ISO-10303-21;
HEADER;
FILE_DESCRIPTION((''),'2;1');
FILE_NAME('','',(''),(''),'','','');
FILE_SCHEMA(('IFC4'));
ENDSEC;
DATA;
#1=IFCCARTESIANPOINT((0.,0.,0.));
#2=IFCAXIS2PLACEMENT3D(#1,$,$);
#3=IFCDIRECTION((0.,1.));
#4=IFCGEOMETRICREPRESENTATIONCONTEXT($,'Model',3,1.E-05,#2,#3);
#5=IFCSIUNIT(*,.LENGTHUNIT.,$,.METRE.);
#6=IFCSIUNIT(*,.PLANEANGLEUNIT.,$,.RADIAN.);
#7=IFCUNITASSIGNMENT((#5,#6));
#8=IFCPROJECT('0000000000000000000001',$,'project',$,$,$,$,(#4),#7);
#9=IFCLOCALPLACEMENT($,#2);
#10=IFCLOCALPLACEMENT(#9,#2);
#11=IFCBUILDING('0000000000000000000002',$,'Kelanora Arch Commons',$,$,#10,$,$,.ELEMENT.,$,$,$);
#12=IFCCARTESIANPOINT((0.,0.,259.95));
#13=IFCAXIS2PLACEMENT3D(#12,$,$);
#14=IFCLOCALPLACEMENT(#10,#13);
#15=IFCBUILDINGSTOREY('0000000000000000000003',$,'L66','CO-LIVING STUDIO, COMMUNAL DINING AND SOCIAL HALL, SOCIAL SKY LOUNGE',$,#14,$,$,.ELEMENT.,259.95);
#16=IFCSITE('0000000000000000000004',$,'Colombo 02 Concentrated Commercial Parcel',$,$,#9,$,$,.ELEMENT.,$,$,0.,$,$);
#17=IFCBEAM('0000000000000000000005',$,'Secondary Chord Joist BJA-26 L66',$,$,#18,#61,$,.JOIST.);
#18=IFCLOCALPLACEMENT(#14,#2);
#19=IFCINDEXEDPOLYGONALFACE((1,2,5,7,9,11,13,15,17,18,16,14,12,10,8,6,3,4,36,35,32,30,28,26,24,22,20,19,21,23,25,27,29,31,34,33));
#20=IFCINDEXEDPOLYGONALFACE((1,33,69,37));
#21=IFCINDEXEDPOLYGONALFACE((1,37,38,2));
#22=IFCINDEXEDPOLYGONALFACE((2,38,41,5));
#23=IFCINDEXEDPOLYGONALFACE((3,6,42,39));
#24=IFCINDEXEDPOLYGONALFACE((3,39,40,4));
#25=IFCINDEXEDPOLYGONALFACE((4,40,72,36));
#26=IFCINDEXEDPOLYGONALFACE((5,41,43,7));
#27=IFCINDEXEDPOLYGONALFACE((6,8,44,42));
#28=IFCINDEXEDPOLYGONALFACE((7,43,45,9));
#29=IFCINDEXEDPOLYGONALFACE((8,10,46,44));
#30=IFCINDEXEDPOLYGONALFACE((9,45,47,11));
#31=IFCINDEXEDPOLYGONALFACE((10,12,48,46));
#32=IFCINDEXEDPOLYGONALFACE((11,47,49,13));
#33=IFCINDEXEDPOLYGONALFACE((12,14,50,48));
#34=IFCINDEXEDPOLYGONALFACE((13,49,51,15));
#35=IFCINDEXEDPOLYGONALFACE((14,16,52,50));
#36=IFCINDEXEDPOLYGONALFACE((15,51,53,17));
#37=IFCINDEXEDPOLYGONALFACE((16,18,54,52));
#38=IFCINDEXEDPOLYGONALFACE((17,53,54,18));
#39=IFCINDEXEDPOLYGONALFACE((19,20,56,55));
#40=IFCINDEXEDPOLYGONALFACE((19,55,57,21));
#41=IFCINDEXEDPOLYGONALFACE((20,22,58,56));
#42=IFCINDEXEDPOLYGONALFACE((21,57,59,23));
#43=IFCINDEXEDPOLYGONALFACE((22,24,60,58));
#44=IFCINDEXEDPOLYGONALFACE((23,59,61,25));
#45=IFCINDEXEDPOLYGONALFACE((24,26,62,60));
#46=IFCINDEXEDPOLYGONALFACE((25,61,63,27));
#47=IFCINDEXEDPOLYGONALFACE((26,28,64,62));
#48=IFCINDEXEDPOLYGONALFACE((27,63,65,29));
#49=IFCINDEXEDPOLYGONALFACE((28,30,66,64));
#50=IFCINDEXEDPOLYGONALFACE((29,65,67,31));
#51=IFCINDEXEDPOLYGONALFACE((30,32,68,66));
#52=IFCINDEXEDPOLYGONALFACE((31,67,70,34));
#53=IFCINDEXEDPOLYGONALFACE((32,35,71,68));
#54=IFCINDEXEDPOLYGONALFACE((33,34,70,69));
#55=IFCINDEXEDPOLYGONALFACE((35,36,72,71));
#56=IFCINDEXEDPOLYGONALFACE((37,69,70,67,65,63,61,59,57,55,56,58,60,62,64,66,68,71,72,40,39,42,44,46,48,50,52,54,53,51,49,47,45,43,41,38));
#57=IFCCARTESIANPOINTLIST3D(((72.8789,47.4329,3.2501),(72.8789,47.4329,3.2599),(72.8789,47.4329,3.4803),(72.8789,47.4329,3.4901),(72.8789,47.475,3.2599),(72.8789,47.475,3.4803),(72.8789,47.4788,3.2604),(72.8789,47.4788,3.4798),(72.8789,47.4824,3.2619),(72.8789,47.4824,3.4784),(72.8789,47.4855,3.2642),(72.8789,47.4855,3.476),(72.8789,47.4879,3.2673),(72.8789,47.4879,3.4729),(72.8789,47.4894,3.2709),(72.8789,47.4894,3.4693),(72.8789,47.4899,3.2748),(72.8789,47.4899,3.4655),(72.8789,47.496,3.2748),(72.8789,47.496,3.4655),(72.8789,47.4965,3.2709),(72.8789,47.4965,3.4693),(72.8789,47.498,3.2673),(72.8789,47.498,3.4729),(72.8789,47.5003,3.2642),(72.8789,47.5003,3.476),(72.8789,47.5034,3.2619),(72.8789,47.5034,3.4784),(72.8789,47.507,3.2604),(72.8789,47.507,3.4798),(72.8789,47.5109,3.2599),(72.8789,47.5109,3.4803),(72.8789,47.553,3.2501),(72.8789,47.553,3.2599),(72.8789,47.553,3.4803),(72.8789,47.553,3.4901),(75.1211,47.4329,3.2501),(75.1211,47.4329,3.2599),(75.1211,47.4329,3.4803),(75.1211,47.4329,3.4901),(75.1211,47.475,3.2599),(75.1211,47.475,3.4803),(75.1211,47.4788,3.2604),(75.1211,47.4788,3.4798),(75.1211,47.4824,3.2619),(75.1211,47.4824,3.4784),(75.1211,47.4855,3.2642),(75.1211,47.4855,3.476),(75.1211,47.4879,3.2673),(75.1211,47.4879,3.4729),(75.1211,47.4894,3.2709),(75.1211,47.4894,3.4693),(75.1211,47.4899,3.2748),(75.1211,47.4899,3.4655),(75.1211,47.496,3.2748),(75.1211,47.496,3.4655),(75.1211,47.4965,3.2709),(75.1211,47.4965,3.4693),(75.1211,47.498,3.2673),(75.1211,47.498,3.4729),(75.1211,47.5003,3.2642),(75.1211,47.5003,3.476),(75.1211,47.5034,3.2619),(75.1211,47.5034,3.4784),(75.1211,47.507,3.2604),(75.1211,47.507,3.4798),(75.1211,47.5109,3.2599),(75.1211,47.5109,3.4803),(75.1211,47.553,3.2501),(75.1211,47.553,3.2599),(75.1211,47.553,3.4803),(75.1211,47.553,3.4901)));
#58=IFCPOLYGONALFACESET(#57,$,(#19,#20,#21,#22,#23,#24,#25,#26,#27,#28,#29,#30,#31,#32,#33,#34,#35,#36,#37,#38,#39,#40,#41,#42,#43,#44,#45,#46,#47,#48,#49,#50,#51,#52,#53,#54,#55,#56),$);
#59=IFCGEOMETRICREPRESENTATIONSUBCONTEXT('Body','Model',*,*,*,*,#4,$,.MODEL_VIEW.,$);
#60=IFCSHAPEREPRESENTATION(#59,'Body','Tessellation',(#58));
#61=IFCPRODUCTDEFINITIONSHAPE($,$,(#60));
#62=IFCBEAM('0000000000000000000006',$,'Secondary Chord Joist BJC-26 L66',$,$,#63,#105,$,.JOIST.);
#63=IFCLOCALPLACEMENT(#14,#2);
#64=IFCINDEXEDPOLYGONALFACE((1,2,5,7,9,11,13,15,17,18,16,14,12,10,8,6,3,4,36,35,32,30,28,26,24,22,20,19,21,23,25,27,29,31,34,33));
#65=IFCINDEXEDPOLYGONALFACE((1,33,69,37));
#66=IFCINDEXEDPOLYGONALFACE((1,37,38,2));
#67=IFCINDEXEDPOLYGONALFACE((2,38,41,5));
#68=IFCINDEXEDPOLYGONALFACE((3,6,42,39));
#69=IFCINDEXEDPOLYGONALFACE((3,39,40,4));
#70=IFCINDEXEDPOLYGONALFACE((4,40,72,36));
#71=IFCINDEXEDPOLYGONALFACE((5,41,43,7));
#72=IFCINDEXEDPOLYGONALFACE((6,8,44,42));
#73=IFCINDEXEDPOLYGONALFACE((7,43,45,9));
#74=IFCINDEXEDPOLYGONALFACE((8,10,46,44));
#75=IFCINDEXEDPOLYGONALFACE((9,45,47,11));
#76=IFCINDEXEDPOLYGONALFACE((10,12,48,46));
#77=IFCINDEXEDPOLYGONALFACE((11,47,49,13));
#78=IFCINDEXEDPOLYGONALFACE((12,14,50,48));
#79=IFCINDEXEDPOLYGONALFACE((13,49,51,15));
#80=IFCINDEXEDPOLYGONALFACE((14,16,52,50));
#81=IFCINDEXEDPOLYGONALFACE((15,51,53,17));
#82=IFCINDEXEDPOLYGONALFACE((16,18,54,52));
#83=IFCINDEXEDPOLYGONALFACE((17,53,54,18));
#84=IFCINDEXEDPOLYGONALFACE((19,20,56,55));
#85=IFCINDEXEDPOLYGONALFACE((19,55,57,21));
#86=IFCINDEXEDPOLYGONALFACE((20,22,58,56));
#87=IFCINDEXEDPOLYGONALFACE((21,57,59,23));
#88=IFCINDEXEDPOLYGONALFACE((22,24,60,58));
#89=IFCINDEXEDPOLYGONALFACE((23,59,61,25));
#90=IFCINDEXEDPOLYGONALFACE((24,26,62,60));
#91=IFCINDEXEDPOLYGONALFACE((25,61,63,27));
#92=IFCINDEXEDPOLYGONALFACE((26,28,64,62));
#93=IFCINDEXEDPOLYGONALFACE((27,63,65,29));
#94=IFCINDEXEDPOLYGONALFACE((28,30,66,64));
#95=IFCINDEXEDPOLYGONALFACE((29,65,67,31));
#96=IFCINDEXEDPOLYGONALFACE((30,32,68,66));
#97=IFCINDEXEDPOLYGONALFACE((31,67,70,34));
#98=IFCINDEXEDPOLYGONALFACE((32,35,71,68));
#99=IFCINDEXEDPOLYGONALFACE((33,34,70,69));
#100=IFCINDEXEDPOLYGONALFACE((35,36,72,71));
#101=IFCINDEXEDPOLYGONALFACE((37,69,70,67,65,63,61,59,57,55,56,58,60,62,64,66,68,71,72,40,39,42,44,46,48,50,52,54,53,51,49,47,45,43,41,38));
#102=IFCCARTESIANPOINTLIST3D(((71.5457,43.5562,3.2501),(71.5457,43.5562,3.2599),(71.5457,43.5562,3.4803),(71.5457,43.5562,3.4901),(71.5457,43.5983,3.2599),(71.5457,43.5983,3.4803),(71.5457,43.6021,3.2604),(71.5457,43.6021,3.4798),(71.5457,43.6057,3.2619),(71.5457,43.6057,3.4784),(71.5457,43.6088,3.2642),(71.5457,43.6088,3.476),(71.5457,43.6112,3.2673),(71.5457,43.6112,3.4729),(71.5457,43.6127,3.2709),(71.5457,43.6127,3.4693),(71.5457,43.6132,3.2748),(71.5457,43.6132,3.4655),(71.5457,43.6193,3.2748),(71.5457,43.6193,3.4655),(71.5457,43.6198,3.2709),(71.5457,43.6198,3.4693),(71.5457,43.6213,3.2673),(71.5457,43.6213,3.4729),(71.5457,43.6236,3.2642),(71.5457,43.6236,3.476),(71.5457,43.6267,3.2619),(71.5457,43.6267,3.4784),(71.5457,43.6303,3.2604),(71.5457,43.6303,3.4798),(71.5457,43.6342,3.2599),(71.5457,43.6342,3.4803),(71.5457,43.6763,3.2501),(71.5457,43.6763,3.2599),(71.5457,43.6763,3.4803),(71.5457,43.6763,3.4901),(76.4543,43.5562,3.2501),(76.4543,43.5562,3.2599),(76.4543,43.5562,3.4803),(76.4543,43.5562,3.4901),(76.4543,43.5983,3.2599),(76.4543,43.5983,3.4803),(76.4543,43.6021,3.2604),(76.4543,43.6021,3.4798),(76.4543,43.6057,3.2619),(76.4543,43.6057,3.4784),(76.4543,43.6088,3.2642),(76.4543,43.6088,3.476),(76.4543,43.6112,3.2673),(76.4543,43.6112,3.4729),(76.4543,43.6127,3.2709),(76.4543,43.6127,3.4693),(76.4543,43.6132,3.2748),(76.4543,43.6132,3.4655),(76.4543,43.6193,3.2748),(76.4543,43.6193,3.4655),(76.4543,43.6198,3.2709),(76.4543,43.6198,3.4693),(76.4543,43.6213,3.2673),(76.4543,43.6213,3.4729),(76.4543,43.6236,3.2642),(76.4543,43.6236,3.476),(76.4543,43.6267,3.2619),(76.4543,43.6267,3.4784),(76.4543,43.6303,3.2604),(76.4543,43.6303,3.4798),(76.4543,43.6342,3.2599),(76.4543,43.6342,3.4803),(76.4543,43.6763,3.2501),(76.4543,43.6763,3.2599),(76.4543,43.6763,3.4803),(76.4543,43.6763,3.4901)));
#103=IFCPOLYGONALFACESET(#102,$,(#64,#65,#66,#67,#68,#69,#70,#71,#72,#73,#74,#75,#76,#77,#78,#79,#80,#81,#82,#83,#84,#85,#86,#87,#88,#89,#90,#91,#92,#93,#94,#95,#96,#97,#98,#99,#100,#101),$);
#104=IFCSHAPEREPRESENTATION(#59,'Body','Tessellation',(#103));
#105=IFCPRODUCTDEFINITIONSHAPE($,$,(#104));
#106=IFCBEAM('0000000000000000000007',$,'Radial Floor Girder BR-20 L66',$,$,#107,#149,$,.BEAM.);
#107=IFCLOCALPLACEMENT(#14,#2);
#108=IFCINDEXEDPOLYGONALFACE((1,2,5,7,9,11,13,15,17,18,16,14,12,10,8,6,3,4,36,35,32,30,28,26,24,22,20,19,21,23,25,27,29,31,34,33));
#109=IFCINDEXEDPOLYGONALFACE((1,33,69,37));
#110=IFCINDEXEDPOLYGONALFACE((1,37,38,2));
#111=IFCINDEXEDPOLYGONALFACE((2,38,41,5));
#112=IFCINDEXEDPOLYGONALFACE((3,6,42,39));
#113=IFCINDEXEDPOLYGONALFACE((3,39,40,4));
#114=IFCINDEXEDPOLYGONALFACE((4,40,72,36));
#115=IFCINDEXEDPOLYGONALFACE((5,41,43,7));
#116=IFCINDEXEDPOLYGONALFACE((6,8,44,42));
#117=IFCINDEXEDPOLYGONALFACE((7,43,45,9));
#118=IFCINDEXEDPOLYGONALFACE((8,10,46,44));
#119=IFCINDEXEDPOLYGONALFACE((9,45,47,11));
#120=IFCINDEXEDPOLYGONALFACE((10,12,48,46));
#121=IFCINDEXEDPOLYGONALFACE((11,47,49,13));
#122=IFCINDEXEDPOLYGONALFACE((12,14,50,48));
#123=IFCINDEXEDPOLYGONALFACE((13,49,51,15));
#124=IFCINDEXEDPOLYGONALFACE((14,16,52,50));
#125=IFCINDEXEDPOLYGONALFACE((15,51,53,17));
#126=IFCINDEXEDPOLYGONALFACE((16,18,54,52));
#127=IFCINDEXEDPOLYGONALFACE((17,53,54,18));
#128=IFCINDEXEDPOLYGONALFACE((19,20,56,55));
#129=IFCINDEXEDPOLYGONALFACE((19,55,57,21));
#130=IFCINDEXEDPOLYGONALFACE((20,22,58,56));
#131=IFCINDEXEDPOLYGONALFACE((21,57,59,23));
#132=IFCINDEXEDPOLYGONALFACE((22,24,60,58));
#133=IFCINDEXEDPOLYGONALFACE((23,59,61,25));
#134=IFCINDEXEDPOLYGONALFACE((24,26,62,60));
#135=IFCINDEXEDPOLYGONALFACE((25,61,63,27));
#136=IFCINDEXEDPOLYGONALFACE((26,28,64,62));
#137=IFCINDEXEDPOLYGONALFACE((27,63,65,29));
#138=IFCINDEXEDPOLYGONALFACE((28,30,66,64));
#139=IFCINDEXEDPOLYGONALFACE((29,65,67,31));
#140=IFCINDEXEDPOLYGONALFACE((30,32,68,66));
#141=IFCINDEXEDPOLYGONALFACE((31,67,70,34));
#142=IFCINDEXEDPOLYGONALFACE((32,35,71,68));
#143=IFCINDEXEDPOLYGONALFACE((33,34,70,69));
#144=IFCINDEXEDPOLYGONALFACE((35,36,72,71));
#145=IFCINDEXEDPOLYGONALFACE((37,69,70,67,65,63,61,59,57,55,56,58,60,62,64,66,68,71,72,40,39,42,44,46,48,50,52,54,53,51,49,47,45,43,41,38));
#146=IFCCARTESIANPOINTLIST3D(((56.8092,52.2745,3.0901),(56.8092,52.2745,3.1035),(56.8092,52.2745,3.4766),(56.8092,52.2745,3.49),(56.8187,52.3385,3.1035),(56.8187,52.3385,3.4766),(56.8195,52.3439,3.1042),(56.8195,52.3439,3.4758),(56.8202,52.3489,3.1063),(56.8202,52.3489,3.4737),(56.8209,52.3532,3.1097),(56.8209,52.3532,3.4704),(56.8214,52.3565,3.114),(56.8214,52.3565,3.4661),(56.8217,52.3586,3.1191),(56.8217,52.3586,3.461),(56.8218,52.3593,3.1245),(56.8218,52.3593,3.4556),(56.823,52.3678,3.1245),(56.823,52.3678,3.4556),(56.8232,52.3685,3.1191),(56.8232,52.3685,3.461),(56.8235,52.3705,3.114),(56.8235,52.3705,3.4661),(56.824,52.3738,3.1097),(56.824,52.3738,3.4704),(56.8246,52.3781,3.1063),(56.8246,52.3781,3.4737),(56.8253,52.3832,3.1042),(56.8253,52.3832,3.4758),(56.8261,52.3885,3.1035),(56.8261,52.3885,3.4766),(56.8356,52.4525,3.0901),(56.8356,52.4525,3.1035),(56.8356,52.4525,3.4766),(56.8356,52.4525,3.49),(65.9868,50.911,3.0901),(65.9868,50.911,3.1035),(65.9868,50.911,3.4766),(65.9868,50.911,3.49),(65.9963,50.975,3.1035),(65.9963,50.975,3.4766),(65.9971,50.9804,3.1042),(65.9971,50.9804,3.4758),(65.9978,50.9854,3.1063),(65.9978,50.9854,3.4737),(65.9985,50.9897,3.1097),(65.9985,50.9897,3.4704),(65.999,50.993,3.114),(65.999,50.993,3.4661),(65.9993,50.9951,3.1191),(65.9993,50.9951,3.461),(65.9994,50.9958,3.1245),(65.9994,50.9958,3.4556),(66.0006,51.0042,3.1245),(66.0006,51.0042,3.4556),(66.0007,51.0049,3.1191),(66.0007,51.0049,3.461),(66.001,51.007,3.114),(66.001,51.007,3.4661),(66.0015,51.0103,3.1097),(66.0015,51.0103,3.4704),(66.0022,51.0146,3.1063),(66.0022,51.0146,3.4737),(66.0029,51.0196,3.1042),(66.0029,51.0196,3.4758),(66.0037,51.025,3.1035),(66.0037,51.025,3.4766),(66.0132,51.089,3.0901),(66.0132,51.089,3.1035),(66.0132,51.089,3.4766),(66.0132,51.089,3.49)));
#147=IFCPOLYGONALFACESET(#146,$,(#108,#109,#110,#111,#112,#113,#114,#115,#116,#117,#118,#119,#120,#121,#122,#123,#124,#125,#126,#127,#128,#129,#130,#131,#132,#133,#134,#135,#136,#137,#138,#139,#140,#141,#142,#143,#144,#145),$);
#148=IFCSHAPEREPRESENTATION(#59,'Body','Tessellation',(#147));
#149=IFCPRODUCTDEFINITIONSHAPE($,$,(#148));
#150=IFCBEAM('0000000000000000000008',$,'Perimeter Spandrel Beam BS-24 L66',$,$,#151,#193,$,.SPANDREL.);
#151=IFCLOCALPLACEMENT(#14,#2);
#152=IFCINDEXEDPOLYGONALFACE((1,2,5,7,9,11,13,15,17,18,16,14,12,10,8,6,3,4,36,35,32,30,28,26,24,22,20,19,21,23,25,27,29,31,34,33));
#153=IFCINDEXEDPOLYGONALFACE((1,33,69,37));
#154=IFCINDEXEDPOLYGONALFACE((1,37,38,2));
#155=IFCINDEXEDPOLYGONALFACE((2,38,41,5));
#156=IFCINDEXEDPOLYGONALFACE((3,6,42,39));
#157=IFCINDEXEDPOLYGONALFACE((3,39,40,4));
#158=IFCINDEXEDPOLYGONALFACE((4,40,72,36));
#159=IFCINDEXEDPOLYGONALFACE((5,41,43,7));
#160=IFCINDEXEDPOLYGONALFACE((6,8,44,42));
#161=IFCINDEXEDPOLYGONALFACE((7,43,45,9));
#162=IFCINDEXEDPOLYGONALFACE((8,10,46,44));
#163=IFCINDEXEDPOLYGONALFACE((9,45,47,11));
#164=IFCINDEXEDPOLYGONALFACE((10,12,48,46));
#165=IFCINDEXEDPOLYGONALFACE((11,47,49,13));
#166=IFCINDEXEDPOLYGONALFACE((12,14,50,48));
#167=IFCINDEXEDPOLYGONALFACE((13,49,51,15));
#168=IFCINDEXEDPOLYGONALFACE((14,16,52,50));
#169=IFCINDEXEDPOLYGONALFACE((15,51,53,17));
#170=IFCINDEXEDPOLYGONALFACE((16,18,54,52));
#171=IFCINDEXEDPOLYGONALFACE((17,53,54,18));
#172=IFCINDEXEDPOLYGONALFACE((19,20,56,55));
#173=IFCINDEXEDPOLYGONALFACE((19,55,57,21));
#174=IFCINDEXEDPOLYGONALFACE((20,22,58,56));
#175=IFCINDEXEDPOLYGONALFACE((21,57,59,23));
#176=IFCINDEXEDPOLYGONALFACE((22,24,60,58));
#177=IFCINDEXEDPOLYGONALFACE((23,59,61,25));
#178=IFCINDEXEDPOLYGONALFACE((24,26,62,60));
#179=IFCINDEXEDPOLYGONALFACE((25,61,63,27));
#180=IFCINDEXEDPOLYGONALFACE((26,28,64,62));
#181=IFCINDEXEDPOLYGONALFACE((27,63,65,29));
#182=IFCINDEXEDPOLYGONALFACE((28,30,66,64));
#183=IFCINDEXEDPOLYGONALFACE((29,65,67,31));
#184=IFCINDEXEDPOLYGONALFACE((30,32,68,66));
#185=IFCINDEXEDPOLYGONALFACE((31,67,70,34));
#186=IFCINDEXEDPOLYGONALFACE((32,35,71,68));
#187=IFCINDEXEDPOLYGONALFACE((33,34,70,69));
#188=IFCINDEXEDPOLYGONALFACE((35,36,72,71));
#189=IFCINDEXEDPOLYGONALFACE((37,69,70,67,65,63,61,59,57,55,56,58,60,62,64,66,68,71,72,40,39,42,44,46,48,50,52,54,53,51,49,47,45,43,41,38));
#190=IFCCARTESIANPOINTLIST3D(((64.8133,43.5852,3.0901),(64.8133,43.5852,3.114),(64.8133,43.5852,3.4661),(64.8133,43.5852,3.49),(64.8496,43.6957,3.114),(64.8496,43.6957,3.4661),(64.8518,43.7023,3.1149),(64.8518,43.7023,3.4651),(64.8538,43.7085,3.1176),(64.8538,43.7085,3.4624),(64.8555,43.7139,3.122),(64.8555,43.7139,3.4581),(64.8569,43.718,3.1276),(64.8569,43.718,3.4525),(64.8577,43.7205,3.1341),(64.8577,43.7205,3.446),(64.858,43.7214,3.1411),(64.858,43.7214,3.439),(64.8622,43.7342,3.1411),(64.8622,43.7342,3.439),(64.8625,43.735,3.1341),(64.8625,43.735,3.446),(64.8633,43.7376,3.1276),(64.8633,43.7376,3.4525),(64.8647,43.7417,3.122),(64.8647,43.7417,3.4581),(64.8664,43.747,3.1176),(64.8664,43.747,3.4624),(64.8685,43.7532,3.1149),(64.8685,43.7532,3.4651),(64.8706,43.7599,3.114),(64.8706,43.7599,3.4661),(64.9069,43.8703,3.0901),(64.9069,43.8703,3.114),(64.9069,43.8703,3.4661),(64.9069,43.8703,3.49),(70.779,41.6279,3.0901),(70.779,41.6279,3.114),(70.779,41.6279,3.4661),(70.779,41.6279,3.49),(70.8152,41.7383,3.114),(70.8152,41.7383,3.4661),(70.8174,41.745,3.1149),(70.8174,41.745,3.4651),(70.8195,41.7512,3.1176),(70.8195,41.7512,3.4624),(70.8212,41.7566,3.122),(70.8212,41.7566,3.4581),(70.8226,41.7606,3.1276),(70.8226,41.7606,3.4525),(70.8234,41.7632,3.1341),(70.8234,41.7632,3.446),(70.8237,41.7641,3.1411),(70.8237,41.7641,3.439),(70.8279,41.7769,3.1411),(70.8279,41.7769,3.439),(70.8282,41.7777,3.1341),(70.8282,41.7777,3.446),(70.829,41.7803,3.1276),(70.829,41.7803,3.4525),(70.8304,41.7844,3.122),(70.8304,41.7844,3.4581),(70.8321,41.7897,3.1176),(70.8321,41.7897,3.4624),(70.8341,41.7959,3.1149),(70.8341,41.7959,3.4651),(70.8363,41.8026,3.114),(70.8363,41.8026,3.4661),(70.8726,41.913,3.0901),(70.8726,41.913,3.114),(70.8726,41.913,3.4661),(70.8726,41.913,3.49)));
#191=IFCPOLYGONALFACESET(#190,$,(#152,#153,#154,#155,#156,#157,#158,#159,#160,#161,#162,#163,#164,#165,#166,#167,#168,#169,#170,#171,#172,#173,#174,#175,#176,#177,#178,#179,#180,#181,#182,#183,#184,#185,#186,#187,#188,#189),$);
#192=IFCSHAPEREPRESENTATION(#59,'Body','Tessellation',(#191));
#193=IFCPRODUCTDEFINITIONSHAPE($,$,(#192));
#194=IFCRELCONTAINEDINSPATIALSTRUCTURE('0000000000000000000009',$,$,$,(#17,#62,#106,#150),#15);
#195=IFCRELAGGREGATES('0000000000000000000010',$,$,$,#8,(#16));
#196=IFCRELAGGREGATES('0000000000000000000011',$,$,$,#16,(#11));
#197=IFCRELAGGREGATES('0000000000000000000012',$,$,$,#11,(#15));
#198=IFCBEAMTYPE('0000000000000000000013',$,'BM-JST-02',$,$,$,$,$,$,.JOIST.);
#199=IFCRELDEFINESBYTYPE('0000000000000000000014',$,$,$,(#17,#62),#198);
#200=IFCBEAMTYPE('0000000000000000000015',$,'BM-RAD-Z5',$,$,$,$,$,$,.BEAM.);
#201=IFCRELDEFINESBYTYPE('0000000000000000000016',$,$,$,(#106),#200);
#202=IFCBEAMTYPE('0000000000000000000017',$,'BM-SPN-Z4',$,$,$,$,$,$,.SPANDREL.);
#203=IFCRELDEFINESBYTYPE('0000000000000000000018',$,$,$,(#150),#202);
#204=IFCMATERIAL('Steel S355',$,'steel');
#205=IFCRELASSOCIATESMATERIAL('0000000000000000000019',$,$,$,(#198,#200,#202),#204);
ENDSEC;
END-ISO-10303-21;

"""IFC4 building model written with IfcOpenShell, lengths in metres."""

from ifc_helpers import new_model, si_unit, direction, frame, origin, origin_2d, place, context, subcontext, project, spatial, i_section, extrude, material, material_profile, profile_set, type_object, element, save


model = new_model("IFC4")

# Units and contexts
model_context = context("Model", 3, precision=1e-05, world=origin(), true_north=direction((0.0, 1.0)))
body_context = subcontext(model_context, "Body", "Model", "MODEL_VIEW")
ifc_project = project(units=[si_unit("LENGTHUNIT", "METRE"), si_unit("PLANEANGLEUNIT", "RADIAN")], contexts=[model_context])

# Site, building, storey
site_placement = place(None, origin())
site = spatial("IfcSite", under=ifc_project, at=site_placement, Name="Colombo 02 Concentrated Commercial Parcel", CompositionType="ELEMENT", RefElevation=0.0)
building_placement = place(site_placement, origin())
building = spatial("IfcBuilding", under=site, at=building_placement, Name="Kelanora Arch Commons", CompositionType="ELEMENT")
storey_placement = place(building_placement, frame((0.0, 0.0, 259.95)))
storey = spatial("IfcBuildingStorey", under=building, at=storey_placement, Name="L66", Description="CO-LIVING STUDIO, COMMUNAL DINING AND SOCIAL HALL, SOCIAL SKY LOUNGE", CompositionType="ELEMENT", Elevation=259.95)

# Beams
ifc_material_1 = material(Name="Steel S355", Category="steel")
ifc_material_profile_1 = material_profile(ifc_material_1, i_section(OverallWidth=0.1201, OverallDepth=0.24, WebThickness=0.0061, FlangeThickness=0.0098, FilletRadius=0.0149, at=origin_2d()), Name="IPE240")
ifc_profile_set_1 = profile_set([ifc_material_profile_1], Name="Steel S355")
beam_type_1 = type_object("IfcBeamType", Name="BM-JST-02", PredefinedType="JOIST", material=ifc_profile_set_1)
beam_1_placement = place(storey_placement, frame((72.8789, 47.4929, 3.3701), z_axis=(1.0, 0.0, 0.0), x_axis=(0.0, 1.0, 0.0)))
element("IfcBeam", 1, at=beam_1_placement, inside=storey, type_object=beam_type_1, Name="Secondary Chord Joist BJA-26 L66", PredefinedType="JOIST", context=body_context, shape_type="SweptSolid", body=[
    extrude(i_section(OverallWidth=0.1201, OverallDepth=0.24, WebThickness=0.0061, FlangeThickness=0.0098, FilletRadius=0.0149, at=origin_2d()), origin(), (0.0, 0.0, 1.0), 2.2422),
])
beam_2_placement = place(storey_placement, frame((71.5457, 43.6162, 3.3701), z_axis=(1.0, 0.0, 0.0), x_axis=(0.0, 1.0, 0.0)))
element("IfcBeam", 2, at=beam_2_placement, inside=storey, type_object=beam_type_1, Name="Secondary Chord Joist BJC-26 L66", PredefinedType="JOIST", context=body_context, shape_type="SweptSolid", body=[
    extrude(i_section(OverallWidth=0.1201, OverallDepth=0.24, WebThickness=0.0061, FlangeThickness=0.0098, FilletRadius=0.0149, at=origin_2d()), origin(), (0.0, 0.0, 1.0), 4.9087),
])
ifc_material_profile_2 = material_profile(ifc_material_1, i_section(OverallWidth=0.1799, OverallDepth=0.3999, WebThickness=0.0085, FlangeThickness=0.0134, FilletRadius=0.021, at=origin_2d()), Name="IPE400")
ifc_profile_set_2 = profile_set([ifc_material_profile_2], Name="Steel S355")
beam_type_2 = type_object("IfcBeamType", Name="BM-RAD-Z5", PredefinedType="BEAM", material=ifc_profile_set_2)
beam_3_placement = place(storey_placement, frame((66.0, 51.0, 3.29), z_axis=(-0.989142, 0.14696, 0.0), x_axis=(-0.14696, -0.989142, 0.0)))
element("IfcBeam", 3, at=beam_3_placement, inside=storey, type_object=beam_type_2, Name="Radial Floor Girder BR-20 L66", PredefinedType="BEAM", context=body_context, shape_type="SweptSolid", body=[
    extrude(i_section(OverallWidth=0.1799, OverallDepth=0.3999, WebThickness=0.0085, FlangeThickness=0.0134, FilletRadius=0.021, at=origin_2d()), origin(), (0.0, 0.0, 1.0), 9.2783),
])
ifc_material_profile_3 = material_profile(ifc_material_1, i_section(OverallWidth=0.3, OverallDepth=0.3999, WebThickness=0.0134, FlangeThickness=0.0239, FilletRadius=0.0271, at=origin_2d()), Name="HEB400")
ifc_profile_set_3 = profile_set([ifc_material_profile_3], Name="Steel S355")
beam_type_3 = type_object("IfcBeamType", Name="BM-SPN-Z4", PredefinedType="SPANDREL", material=ifc_profile_set_3)
beam_4_placement = place(storey_placement, frame((64.8601, 43.7278, 3.29), z_axis=(0.950166, -0.311745, 0.0), x_axis=(0.311745, 0.950166, 0.0)))
element("IfcBeam", 4, at=beam_4_placement, inside=storey, type_object=beam_type_3, Name="Perimeter Spandrel Beam BS-24 L66", PredefinedType="SPANDREL", context=body_context, shape_type="SweptSolid", body=[
    extrude(i_section(OverallWidth=0.3, OverallDepth=0.3999, WebThickness=0.0134, FlangeThickness=0.0239, FilletRadius=0.0271, at=origin_2d()), origin(), (0.0, 0.0, 1.0), 6.2786),
])

save(model, "model.ifc")
